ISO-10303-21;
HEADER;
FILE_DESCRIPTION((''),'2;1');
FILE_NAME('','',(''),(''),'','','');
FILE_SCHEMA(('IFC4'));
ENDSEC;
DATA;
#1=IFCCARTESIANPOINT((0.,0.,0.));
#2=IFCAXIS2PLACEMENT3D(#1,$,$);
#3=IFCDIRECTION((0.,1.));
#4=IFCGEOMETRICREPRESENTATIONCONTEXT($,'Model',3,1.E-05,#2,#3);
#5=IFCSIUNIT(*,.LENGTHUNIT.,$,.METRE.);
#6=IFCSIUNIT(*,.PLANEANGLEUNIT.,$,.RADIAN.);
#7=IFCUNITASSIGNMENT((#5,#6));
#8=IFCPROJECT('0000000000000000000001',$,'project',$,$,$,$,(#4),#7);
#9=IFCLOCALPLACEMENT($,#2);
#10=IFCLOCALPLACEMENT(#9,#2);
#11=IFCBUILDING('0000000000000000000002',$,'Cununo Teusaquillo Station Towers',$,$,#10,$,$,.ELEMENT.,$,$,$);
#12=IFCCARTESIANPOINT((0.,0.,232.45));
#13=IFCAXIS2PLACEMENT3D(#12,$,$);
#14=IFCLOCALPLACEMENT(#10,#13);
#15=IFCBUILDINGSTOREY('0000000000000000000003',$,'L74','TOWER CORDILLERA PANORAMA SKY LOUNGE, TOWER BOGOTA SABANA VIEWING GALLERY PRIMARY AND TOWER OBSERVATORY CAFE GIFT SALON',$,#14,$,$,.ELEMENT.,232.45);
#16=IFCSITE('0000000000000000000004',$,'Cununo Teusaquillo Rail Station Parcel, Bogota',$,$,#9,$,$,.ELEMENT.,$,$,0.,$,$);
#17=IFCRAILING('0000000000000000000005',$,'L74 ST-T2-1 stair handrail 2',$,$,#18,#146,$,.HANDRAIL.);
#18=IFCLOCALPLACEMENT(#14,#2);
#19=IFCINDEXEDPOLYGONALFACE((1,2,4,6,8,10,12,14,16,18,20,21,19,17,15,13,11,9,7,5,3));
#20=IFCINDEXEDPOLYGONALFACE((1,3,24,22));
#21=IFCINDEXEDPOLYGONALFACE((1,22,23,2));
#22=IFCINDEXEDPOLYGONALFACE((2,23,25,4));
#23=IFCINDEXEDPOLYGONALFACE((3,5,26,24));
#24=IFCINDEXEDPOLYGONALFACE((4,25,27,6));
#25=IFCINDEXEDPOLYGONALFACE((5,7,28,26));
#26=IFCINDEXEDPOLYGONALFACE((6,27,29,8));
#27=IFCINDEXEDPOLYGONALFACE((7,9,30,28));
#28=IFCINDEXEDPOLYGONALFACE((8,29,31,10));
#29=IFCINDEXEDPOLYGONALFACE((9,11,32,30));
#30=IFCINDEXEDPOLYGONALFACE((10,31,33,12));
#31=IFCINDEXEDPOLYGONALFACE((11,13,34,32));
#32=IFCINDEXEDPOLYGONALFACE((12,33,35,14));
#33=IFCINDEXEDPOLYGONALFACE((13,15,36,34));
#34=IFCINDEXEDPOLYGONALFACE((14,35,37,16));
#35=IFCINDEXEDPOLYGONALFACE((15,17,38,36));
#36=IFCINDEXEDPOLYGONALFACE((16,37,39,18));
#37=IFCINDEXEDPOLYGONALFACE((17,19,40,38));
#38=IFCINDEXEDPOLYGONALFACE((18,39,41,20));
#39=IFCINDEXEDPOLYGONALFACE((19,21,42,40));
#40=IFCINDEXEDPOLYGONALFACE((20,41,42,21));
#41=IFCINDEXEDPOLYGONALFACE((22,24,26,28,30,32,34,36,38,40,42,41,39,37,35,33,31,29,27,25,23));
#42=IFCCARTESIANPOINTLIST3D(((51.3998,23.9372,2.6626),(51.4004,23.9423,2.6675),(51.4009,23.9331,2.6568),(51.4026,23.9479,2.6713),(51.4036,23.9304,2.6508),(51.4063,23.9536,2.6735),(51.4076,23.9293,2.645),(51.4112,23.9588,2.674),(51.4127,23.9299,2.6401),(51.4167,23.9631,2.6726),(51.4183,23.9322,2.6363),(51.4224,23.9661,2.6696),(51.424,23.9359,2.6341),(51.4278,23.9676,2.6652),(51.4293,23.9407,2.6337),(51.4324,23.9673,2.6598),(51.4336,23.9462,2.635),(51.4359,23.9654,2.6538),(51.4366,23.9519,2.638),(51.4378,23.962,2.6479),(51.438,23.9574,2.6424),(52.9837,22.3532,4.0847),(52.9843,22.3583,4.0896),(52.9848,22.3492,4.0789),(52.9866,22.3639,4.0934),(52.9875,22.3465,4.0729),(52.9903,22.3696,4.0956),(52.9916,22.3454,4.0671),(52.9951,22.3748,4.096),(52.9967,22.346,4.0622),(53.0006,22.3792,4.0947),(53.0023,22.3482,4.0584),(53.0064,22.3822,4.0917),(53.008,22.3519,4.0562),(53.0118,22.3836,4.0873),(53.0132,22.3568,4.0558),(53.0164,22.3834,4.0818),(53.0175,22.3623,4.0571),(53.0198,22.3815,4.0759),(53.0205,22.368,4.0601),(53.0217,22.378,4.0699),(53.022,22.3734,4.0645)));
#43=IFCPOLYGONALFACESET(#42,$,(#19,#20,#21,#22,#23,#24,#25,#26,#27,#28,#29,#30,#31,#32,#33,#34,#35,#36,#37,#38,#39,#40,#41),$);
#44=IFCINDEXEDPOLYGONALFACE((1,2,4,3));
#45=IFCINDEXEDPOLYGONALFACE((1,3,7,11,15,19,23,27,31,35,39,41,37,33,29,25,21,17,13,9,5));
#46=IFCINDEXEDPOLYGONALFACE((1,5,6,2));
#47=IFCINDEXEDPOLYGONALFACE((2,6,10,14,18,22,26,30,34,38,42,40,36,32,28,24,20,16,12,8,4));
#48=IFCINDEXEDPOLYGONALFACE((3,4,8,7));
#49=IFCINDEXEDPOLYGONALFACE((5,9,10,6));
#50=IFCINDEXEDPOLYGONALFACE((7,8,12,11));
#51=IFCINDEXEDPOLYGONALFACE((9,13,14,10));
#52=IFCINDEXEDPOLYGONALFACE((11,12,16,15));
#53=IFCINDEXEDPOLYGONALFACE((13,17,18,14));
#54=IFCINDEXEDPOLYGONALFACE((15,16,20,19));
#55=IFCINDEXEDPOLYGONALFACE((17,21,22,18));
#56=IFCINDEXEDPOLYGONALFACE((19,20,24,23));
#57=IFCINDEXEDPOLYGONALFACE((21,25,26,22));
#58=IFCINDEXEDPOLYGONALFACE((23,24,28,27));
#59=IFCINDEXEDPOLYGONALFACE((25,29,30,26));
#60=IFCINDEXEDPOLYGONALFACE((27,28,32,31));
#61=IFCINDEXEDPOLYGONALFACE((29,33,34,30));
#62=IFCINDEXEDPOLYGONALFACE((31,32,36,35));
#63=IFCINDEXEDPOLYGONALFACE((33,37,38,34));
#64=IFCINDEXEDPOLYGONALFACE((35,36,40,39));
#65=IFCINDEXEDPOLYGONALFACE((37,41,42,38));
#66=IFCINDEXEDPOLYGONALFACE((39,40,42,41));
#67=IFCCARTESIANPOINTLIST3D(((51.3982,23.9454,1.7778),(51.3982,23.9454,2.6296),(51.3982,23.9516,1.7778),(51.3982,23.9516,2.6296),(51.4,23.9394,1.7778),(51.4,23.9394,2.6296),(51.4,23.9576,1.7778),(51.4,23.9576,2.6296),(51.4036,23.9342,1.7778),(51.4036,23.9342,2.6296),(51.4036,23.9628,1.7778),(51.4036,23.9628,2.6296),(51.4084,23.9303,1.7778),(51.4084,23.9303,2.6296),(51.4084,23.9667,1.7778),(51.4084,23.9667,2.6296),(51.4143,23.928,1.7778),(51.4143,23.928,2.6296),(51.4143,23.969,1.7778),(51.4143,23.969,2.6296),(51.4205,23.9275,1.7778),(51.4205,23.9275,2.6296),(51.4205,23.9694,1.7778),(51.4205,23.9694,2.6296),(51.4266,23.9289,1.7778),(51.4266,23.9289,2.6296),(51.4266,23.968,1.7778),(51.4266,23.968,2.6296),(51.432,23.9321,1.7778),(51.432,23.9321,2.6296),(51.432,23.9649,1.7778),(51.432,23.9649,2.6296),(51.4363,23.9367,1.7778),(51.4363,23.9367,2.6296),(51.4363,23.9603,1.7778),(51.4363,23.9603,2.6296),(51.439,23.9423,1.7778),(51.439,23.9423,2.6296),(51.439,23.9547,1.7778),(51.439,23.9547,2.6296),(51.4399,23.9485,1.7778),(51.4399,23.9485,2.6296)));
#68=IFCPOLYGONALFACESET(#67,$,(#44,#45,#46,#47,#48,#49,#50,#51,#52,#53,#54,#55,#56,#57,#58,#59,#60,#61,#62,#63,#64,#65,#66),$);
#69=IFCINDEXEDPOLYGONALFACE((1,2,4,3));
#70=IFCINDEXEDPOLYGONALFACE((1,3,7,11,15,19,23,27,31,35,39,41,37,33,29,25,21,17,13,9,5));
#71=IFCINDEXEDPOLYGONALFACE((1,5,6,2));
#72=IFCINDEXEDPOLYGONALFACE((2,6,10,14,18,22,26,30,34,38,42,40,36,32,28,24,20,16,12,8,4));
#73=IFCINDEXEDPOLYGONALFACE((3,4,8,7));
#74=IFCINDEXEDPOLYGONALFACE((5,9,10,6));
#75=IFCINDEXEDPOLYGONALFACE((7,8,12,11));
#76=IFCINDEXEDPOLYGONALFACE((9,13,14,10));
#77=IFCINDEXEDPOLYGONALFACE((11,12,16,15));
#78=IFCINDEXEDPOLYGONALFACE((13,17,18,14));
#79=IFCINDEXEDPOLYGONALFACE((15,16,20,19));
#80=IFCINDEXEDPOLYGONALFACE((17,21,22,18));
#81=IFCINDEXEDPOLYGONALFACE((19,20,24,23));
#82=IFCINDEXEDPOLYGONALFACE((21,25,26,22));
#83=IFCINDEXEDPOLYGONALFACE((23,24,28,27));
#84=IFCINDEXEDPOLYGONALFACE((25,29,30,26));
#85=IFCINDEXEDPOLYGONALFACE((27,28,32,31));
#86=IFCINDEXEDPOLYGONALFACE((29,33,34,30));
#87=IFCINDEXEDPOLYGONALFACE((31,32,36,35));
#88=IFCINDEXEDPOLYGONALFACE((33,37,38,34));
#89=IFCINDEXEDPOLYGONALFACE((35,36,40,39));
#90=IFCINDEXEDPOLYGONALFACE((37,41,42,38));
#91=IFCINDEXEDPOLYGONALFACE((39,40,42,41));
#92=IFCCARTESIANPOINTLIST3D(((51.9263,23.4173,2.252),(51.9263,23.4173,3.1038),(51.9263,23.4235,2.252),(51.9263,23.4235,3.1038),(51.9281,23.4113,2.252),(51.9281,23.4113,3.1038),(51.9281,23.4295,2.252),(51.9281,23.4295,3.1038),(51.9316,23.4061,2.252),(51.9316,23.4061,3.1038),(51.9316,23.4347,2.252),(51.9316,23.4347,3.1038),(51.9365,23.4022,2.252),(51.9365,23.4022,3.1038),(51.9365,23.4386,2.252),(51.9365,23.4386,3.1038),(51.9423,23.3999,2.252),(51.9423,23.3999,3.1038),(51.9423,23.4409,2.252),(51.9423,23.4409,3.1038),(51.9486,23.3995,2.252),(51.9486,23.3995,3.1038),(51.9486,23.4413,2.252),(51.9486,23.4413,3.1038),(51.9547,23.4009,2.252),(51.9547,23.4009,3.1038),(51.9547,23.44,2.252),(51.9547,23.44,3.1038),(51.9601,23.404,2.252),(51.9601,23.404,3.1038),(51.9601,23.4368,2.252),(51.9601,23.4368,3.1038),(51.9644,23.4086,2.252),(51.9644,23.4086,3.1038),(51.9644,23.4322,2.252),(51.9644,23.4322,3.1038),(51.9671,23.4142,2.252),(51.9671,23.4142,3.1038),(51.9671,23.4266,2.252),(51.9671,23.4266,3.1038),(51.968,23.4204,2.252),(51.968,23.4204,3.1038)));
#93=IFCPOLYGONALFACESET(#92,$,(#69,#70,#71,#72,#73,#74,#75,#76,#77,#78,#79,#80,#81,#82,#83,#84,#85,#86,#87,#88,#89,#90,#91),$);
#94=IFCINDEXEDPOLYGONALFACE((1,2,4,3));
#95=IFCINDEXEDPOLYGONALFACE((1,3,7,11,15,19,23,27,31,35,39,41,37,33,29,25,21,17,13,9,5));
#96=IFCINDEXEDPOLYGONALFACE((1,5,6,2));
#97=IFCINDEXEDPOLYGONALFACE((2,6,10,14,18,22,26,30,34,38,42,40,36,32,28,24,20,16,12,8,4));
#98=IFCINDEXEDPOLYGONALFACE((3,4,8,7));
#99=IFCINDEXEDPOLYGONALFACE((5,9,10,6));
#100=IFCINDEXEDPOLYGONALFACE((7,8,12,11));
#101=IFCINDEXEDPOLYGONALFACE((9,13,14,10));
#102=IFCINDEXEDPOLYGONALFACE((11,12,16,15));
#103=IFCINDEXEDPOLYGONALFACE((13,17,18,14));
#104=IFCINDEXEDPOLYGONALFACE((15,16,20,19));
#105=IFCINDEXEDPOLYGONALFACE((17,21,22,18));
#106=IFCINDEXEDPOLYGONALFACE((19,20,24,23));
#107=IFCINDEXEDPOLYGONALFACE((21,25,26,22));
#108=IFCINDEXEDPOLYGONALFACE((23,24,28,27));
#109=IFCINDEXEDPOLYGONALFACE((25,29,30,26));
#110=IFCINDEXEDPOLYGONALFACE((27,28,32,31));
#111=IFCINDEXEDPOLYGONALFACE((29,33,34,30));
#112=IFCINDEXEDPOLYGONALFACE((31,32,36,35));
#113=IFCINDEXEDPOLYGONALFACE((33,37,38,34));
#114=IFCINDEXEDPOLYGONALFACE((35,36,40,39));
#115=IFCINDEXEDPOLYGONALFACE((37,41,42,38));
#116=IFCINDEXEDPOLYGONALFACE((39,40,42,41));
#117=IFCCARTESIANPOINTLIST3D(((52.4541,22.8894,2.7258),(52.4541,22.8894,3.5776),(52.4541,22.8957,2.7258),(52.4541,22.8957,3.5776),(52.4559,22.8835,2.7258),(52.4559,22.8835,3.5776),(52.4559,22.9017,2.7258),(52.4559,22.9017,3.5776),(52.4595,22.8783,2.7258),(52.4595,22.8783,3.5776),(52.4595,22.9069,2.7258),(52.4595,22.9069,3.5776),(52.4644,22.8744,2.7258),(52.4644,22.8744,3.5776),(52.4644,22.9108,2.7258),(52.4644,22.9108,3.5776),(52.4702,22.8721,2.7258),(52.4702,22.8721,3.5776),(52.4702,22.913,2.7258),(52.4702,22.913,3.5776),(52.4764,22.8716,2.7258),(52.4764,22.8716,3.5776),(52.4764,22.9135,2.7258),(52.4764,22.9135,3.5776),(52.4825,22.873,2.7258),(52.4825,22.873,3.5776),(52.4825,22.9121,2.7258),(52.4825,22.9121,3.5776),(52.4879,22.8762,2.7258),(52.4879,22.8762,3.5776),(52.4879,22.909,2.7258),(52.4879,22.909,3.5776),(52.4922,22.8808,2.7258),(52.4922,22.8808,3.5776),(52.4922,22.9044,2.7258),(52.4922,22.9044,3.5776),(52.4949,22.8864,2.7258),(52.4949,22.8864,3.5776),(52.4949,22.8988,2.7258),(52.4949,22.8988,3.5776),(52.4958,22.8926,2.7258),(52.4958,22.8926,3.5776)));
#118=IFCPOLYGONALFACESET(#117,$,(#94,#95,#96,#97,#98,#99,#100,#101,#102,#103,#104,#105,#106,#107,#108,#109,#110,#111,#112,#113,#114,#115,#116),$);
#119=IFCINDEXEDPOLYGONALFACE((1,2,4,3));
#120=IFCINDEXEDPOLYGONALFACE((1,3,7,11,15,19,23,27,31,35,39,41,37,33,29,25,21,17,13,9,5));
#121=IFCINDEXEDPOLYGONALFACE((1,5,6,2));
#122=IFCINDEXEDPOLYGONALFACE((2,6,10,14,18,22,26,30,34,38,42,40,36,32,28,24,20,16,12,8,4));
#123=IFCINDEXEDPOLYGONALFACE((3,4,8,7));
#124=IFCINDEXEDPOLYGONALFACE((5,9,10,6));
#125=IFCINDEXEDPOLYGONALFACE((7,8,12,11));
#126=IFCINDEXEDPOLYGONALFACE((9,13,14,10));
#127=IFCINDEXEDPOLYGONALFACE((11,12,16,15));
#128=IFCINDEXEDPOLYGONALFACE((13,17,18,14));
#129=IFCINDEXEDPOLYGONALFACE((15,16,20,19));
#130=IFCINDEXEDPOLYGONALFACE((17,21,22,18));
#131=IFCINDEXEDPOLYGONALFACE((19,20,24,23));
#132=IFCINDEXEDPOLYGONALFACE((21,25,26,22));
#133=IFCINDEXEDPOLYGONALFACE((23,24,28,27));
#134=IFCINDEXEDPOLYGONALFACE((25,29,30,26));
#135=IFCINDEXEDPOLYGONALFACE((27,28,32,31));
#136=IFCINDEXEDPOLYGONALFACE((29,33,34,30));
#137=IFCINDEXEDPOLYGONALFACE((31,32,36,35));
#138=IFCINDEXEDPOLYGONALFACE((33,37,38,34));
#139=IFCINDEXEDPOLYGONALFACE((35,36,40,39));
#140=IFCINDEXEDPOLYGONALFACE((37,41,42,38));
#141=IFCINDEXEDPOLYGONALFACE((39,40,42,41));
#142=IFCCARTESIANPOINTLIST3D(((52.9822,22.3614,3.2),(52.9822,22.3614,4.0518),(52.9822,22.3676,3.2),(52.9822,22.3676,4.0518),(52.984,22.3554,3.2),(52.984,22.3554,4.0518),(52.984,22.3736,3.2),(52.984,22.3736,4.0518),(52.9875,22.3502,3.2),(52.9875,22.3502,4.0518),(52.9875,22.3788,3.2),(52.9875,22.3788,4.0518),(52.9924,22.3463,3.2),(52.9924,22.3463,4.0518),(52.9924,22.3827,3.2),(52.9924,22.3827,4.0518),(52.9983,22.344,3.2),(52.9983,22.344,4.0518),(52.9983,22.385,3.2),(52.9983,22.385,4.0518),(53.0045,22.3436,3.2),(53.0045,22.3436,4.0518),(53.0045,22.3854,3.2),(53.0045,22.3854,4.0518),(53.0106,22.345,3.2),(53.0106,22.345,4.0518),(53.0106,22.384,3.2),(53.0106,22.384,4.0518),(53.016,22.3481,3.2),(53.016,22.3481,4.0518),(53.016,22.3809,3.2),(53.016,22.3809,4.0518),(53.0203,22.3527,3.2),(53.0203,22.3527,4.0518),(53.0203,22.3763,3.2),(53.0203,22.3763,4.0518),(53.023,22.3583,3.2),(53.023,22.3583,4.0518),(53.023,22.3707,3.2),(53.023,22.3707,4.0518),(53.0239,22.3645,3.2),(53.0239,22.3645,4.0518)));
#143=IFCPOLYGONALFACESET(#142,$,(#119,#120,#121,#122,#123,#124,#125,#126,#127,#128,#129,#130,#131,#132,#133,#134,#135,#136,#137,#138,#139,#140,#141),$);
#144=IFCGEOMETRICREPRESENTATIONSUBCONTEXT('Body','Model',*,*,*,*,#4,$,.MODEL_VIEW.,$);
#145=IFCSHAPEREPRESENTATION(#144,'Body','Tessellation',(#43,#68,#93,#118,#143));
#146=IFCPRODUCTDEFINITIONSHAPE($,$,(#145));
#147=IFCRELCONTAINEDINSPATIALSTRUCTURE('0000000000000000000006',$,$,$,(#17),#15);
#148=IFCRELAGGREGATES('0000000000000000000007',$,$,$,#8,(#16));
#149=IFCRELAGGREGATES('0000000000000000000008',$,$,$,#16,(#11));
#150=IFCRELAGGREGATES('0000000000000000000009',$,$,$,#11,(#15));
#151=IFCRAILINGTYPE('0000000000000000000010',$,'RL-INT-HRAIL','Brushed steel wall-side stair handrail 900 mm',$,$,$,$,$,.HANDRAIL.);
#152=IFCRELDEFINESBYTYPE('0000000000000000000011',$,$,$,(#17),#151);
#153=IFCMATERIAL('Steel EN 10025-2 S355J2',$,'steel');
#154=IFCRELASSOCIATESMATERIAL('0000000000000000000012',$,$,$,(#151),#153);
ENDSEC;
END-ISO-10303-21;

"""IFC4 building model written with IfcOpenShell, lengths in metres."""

from ifc_helpers import new_model, si_unit, direction, frame, origin, origin_2d, place, context, subcontext, project, spatial, circle, extrude, material, type_object, element, save


model = new_model("IFC4")

# Units and contexts
model_context = context("Model", 3, precision=1e-05, world=origin(), true_north=direction((0.0, 1.0)))
body_context = subcontext(model_context, "Body", "Model", "MODEL_VIEW")
ifc_project = project(units=[si_unit("LENGTHUNIT", "METRE"), si_unit("PLANEANGLEUNIT", "RADIAN")], contexts=[model_context])

# Site, building, storey
site_placement = place(None, origin())
site = spatial("IfcSite", under=ifc_project, at=site_placement, Name="Cununo Teusaquillo Rail Station Parcel, Bogota", CompositionType="ELEMENT", RefElevation=0.0)
building_placement = place(site_placement, origin())
building = spatial("IfcBuilding", under=site, at=building_placement, Name="Cununo Teusaquillo Station Towers", CompositionType="ELEMENT")
storey_placement = place(building_placement, frame((0.0, 0.0, 232.45)))
storey = spatial("IfcBuildingStorey", under=building, at=storey_placement, Name="L74", Description="TOWER CORDILLERA PANORAMA SKY LOUNGE, TOWER BOGOTA SABANA VIEWING GALLERY PRIMARY AND TOWER OBSERVATORY CAFE GIFT SALON", CompositionType="ELEMENT", Elevation=232.45)

# Railing
ifc_material_1 = material(Name="Steel EN 10025-2 S355J2", Category="steel")
railing_type_1 = type_object("IfcRailingType", Name="RL-INT-HRAIL", Description="Brushed steel wall-side stair handrail 900 mm", PredefinedType="HANDRAIL", material=ifc_material_1)
railing_1_placement = place(storey_placement, frame((51.4189, 23.9485, 1.7778)))
element("IfcRailing", 1, at=railing_1_placement, inside=storey, type_object=railing_type_1, Name="L74 ST-T2-1 stair handrail 2", PredefinedType="HANDRAIL", context=body_context, shape_type="SweptSolid", body=[
    extrude(circle(Radius=0.0239, at=origin_2d()), frame((0.0, 0.0, 0.876), z_axis=(0.596968, -0.596968, 0.535965), x_axis=(0.707107, 0.707107, 0.0)), (0.0, 0.0, 1.0), 2.6533),
    extrude(circle(Radius=0.021, at=origin_2d()), origin(), (0.0, 0.0, 1.0), 0.8518),
    extrude(circle(Radius=0.021, at=origin_2d()), frame((0.5281, -0.5281, 0.4741)), (0.0, 0.0, 1.0), 0.8518),
    extrude(circle(Radius=0.021, at=origin_2d()), frame((1.0559, -1.0559, 0.948)), (0.0, 0.0, 1.0), 0.8518),
    extrude(circle(Radius=0.021, at=origin_2d()), frame((1.584, -1.584, 1.4221)), (0.0, 0.0, 1.0), 0.8518),
])

save(model, "model.ifc")
